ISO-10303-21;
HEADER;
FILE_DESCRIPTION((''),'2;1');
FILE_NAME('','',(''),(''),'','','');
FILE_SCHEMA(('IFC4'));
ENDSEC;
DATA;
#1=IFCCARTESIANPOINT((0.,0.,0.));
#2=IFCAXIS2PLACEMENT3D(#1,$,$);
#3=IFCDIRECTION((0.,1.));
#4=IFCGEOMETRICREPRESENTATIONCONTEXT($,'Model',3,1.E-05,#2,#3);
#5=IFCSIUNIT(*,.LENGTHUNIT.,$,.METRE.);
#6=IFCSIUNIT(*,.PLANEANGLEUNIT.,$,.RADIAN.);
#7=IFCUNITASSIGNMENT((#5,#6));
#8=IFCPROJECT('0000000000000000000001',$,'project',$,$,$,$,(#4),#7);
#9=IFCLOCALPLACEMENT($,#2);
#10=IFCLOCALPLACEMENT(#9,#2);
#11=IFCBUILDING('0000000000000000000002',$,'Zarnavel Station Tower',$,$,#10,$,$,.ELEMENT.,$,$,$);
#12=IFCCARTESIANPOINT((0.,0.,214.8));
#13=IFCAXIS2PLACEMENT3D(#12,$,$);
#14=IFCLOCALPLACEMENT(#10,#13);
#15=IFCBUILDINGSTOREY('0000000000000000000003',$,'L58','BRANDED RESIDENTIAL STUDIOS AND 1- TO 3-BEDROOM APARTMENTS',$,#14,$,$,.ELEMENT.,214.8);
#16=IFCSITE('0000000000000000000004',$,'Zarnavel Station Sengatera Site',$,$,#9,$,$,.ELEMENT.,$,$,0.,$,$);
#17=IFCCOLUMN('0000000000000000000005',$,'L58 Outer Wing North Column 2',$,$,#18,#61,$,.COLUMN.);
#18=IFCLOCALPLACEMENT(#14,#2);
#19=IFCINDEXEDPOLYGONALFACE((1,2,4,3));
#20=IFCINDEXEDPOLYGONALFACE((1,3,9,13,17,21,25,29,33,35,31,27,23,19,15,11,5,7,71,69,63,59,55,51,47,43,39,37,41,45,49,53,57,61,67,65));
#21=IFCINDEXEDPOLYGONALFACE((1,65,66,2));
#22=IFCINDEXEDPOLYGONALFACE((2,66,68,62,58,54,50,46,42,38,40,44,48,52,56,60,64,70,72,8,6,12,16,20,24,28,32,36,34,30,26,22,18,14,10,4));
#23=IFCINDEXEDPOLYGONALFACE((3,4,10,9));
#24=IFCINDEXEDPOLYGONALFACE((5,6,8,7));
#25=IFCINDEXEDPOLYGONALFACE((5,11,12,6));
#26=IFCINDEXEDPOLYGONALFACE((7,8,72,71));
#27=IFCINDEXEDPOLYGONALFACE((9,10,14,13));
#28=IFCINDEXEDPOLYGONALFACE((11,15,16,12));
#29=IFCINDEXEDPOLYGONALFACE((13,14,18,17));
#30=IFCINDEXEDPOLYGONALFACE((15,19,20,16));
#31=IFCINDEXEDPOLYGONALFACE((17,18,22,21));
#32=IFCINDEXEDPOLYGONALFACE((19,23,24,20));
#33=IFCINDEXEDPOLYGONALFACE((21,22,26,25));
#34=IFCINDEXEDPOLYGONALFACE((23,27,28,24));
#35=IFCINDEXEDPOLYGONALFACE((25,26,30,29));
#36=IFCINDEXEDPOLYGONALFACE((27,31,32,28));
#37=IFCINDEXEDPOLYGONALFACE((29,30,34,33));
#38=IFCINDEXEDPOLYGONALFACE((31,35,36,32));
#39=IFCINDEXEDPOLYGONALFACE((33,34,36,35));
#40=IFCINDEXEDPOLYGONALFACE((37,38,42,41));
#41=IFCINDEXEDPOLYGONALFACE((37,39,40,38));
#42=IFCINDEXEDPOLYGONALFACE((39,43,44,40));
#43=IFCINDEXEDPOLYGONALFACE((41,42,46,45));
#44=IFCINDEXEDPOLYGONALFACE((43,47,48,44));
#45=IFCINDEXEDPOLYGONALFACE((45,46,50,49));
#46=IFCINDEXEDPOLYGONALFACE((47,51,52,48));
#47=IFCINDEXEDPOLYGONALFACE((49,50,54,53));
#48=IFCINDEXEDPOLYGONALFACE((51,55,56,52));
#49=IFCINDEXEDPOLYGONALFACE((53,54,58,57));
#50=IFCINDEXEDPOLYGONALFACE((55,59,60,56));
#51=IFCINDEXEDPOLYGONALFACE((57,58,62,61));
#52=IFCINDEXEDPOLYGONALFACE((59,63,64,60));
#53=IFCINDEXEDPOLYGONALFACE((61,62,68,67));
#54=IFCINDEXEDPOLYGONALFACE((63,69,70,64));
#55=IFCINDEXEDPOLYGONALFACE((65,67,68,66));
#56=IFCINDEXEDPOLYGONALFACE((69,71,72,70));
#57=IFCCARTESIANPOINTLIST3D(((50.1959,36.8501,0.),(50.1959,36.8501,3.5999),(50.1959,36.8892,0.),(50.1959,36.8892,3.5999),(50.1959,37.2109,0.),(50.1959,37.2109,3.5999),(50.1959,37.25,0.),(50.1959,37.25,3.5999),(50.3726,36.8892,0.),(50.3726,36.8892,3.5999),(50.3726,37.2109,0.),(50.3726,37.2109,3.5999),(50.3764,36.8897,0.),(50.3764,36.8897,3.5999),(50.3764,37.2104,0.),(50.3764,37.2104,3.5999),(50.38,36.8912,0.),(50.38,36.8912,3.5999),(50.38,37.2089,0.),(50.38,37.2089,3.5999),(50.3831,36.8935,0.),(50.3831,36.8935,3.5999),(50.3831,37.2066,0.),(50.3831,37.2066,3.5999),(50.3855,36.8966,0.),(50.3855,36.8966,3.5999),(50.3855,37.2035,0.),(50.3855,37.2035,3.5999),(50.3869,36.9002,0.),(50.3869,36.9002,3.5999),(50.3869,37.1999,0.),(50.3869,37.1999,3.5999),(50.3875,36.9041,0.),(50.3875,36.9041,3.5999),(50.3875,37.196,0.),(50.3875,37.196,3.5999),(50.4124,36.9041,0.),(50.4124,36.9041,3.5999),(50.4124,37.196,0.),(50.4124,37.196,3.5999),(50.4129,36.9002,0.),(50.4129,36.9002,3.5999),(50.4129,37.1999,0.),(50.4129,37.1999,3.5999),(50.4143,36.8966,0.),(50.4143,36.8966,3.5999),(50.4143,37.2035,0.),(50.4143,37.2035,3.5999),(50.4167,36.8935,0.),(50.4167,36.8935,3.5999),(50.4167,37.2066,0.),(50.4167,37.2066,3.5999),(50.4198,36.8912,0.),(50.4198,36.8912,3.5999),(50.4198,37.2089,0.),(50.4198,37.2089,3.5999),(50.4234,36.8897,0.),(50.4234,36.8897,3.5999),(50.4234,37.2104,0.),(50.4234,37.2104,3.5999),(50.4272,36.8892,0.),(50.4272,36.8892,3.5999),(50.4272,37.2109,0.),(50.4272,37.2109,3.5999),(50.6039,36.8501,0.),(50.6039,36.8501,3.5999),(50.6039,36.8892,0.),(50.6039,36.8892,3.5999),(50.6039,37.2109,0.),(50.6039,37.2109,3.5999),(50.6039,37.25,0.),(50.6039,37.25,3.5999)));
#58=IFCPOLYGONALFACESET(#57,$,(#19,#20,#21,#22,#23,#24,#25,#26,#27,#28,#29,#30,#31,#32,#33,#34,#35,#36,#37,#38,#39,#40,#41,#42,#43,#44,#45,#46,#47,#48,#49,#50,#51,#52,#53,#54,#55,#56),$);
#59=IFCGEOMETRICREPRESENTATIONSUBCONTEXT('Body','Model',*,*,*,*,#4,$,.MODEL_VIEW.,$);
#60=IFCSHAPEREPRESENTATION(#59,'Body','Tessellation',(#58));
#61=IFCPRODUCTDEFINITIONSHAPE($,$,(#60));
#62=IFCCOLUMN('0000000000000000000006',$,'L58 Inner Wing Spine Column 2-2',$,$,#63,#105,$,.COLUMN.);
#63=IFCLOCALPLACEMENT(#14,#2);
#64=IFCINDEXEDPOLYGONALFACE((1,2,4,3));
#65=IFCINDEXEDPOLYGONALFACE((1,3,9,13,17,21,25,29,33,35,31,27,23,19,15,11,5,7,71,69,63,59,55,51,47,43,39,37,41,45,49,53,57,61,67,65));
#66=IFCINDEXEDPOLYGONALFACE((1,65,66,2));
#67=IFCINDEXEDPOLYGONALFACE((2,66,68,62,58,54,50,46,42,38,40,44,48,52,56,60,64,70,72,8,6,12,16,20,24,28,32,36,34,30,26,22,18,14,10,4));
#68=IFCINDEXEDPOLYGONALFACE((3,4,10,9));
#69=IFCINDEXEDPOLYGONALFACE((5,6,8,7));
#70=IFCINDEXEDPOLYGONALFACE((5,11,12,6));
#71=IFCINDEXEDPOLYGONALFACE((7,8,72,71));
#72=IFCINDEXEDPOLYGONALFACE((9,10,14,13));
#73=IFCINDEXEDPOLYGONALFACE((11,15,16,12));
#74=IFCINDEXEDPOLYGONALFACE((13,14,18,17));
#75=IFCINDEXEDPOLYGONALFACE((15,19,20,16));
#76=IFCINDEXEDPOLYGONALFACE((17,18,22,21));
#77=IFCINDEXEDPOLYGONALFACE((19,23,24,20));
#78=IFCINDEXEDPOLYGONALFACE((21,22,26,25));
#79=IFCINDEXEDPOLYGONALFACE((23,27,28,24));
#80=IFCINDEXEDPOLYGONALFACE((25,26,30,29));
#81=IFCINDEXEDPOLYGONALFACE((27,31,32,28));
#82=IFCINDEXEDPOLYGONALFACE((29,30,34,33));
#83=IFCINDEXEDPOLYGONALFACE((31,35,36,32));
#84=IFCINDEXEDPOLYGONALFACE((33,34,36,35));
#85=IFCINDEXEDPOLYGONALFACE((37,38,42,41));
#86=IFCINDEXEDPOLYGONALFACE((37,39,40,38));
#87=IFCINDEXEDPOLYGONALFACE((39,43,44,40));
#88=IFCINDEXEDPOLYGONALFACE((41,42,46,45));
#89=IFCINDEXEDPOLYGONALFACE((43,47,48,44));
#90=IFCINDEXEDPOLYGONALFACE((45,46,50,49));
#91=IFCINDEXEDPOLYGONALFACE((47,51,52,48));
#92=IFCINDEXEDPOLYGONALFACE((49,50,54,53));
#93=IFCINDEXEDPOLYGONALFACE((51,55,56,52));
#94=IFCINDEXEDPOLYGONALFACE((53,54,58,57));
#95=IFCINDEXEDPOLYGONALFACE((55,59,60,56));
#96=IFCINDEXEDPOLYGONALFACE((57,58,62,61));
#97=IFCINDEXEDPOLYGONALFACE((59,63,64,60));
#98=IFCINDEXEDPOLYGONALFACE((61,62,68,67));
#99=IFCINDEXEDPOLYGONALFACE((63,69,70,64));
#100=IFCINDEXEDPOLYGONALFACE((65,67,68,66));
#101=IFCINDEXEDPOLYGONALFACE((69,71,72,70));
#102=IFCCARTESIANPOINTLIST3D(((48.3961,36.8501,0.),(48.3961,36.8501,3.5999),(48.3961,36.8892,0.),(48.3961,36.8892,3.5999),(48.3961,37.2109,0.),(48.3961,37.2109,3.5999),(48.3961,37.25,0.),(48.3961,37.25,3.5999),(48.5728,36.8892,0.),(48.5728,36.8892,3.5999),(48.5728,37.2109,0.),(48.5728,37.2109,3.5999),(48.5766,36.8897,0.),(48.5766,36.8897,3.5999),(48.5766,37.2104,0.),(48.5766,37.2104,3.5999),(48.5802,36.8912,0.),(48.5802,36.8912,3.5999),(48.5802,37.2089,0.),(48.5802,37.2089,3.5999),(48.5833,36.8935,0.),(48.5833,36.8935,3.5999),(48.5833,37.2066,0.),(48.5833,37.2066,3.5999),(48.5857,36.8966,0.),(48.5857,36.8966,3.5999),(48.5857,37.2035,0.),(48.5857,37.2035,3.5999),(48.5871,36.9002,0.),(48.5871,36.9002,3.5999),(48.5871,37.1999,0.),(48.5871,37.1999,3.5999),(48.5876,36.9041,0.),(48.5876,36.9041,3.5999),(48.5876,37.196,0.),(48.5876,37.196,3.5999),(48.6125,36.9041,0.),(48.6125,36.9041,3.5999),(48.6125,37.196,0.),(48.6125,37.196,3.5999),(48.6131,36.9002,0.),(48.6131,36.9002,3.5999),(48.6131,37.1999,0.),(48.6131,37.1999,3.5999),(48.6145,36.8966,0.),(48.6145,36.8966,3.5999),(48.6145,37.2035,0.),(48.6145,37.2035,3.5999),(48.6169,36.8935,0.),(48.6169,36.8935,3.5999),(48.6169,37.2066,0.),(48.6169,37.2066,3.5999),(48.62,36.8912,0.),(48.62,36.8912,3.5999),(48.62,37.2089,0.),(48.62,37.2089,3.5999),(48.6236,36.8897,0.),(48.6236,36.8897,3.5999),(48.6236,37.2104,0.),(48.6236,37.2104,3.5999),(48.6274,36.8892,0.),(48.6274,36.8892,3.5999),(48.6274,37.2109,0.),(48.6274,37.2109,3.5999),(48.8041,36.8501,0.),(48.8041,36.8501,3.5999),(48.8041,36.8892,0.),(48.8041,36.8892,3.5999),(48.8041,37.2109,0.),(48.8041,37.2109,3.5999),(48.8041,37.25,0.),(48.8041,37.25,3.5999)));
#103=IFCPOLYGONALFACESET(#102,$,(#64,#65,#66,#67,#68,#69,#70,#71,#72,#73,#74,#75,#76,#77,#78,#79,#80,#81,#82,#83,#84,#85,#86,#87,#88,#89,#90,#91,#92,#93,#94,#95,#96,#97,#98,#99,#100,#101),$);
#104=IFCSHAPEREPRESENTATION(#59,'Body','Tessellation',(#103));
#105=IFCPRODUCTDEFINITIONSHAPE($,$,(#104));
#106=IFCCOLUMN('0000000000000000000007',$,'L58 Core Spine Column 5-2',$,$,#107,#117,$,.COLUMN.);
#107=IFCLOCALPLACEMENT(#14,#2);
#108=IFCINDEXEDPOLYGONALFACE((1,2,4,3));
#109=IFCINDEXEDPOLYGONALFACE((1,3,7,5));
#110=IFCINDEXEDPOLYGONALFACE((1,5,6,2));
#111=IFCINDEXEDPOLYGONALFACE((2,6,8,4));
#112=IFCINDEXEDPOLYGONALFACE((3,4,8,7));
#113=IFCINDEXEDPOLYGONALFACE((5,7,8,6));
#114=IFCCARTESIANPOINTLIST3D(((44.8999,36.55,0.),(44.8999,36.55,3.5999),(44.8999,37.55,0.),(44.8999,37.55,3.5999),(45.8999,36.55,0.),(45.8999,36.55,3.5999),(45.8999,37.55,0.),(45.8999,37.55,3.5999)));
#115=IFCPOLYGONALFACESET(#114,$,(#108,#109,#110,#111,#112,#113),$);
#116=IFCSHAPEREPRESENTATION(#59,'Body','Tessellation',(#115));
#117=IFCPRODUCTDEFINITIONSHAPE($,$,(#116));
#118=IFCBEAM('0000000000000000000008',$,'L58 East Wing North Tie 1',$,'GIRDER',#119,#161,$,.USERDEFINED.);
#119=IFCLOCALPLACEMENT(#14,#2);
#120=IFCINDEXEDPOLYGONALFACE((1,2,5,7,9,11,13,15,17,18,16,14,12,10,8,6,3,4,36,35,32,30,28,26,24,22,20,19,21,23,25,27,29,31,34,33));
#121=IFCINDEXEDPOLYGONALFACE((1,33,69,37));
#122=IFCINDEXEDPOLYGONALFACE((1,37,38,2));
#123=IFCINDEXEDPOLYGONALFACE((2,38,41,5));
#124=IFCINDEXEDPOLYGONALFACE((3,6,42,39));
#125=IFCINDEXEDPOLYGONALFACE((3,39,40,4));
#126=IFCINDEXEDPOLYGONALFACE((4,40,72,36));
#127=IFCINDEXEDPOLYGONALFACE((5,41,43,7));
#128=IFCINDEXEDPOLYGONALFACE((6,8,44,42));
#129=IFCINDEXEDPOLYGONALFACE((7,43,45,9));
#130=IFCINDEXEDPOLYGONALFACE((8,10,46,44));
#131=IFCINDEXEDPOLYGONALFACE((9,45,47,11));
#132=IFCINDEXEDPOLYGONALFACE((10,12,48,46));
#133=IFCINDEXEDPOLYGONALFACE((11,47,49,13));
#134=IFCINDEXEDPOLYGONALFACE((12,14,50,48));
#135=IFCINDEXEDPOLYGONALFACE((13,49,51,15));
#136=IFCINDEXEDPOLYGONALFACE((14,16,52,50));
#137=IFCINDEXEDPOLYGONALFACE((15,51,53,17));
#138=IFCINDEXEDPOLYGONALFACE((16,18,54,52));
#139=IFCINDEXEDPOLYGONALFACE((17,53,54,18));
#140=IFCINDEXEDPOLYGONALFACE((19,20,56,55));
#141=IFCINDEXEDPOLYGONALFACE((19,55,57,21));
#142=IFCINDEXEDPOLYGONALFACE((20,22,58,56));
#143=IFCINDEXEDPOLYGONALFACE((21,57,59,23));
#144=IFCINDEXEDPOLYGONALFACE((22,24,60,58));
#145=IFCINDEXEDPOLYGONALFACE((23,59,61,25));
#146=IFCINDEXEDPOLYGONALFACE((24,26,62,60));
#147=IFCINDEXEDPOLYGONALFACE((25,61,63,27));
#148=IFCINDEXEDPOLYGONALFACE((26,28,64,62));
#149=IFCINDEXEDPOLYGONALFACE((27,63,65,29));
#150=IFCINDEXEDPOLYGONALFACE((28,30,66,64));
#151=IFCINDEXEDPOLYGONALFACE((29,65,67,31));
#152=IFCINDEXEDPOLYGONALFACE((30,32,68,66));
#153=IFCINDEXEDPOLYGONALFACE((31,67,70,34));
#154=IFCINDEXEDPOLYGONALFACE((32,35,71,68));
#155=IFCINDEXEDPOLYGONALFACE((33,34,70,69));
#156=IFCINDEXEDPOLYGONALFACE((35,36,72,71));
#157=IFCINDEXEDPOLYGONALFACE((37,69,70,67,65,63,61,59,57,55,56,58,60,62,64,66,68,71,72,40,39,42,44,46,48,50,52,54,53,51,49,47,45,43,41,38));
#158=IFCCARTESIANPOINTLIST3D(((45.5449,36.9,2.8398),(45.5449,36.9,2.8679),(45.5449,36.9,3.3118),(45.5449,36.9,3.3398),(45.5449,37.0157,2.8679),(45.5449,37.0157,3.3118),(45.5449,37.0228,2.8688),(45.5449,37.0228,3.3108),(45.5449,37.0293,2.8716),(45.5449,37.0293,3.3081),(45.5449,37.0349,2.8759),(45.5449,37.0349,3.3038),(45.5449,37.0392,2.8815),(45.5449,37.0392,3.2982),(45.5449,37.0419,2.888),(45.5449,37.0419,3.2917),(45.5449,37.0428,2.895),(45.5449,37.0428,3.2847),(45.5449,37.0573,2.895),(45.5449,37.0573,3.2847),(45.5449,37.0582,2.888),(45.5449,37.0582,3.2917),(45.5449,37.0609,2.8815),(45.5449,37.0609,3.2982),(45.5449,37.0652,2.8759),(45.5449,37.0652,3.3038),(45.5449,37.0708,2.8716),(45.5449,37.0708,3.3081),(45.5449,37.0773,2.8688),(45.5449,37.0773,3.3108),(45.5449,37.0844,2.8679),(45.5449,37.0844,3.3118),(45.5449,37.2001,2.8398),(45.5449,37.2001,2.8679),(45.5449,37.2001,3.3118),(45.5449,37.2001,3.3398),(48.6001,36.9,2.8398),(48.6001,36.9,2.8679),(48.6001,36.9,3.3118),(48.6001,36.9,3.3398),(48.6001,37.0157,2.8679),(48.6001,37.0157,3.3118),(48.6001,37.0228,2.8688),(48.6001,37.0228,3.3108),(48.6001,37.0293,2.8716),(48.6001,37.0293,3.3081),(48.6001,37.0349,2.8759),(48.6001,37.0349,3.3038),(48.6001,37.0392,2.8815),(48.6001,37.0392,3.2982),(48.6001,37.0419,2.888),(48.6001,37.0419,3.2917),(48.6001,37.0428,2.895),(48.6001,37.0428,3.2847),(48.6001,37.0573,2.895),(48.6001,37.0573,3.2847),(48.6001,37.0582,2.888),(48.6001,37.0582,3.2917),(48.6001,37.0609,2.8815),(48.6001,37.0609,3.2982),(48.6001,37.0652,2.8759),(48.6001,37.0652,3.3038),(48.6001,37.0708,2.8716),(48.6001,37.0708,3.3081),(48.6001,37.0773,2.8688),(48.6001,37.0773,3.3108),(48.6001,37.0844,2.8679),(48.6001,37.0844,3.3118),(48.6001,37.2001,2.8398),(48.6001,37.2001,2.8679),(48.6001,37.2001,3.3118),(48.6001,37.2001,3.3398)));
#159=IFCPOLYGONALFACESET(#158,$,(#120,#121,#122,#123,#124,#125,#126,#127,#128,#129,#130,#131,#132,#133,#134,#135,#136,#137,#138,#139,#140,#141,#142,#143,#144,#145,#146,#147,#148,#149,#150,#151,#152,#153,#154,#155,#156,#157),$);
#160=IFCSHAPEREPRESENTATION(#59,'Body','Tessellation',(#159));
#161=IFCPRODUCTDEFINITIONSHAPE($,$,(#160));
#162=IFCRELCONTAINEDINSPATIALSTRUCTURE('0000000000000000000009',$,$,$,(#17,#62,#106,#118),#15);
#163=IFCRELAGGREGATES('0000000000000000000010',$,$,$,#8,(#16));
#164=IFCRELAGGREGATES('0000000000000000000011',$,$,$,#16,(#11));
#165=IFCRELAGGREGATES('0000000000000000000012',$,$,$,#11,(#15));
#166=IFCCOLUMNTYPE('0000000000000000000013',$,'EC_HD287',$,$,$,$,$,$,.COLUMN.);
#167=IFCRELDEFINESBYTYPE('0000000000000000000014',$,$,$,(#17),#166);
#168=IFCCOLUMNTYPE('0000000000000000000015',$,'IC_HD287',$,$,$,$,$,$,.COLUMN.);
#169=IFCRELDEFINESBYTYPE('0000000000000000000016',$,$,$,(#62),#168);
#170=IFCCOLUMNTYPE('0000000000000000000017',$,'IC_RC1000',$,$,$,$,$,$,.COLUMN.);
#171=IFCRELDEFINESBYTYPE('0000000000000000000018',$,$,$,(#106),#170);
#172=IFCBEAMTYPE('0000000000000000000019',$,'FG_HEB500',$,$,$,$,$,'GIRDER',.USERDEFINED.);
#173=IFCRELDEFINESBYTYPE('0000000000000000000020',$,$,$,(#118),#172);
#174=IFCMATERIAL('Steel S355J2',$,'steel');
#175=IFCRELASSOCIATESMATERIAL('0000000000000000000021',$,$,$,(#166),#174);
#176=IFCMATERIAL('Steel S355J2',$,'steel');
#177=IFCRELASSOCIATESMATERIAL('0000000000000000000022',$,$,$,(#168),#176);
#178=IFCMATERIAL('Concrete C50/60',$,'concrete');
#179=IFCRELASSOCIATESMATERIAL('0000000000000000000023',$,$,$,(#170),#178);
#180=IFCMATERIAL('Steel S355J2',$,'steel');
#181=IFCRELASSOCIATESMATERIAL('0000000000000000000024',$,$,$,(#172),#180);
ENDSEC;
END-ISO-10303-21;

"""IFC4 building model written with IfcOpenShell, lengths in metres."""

from ifc_helpers import new_model, si_unit, direction, frame, origin, origin_2d, place, context, subcontext, project, spatial, rectangle, i_section, extrude, material, material_profile, profile_set, type_object, element, save


model = new_model("IFC4")

# Units and contexts
model_context = context("Model", 3, precision=1e-05, world=origin(), true_north=direction((0.0, 1.0)))
body_context = subcontext(model_context, "Body", "Model", "MODEL_VIEW")
ifc_project = project(units=[si_unit("LENGTHUNIT", "METRE"), si_unit("PLANEANGLEUNIT", "RADIAN")], contexts=[model_context])

# Site, building, storey
site_placement = place(None, origin())
site = spatial("IfcSite", under=ifc_project, at=site_placement, Name="Zarnavel Station Sengatera Site", CompositionType="ELEMENT", RefElevation=0.0)
building_placement = place(site_placement, origin())
building = spatial("IfcBuilding", under=site, at=building_placement, Name="Zarnavel Station Tower", CompositionType="ELEMENT")
storey_placement = place(building_placement, frame((0.0, 0.0, 214.8)))
storey = spatial("IfcBuildingStorey", under=building, at=storey_placement, Name="L58", Description="BRANDED RESIDENTIAL STUDIOS AND 1- TO 3-BEDROOM APARTMENTS", CompositionType="ELEMENT", Elevation=214.8)

# Columns
ifc_material_1 = material(Name="Steel S355J2", Category="steel")
ifc_material_profile_1 = material_profile(ifc_material_1, i_section(OverallWidth=0.408, OverallDepth=0.3999, WebThickness=0.0249, FlangeThickness=0.0391, FilletRadius=0.0149, at=origin_2d()), Name="HD400x287")
ifc_profile_set_1 = profile_set([ifc_material_profile_1], Name="Steel S355J2")
column_type_1 = type_object("IfcColumnType", Name="EC_HD287", PredefinedType="COLUMN", material=ifc_profile_set_1)
column_1_placement = place(storey_placement, frame((50.3999, 37.05, 0.0), z_axis=(0.0, 0.0, 1.0), x_axis=(1.0, 0.0, 0.0)))
element("IfcColumn", 1, at=column_1_placement, inside=storey, type_object=column_type_1, Name="L58 Outer Wing North Column 2", PredefinedType="COLUMN", context=body_context, shape_type="SweptSolid", body=[
    extrude(i_section(OverallWidth=0.408, OverallDepth=0.3999, WebThickness=0.0249, FlangeThickness=0.0391, FilletRadius=0.0149, at=origin_2d()), origin(), (0.0, 0.0, 1.0), 3.5999),
])
ifc_material_2 = material(Name="Steel S355J2", Category="steel")
ifc_material_profile_2 = material_profile(ifc_material_2, i_section(OverallWidth=0.408, OverallDepth=0.3999, WebThickness=0.0249, FlangeThickness=0.0391, FilletRadius=0.0149, at=origin_2d()), Name="HD400x287")
ifc_profile_set_2 = profile_set([ifc_material_profile_2], Name="Steel S355J2")
column_type_2 = type_object("IfcColumnType", Name="IC_HD287", PredefinedType="COLUMN", material=ifc_profile_set_2)
column_2_placement = place(storey_placement, frame((48.6001, 37.05, 0.0), z_axis=(0.0, 0.0, 1.0), x_axis=(1.0, 0.0, 0.0)))
element("IfcColumn", 2, at=column_2_placement, inside=storey, type_object=column_type_2, Name="L58 Inner Wing Spine Column 2-2", PredefinedType="COLUMN", context=body_context, shape_type="SweptSolid", body=[
    extrude(i_section(OverallWidth=0.408, OverallDepth=0.3999, WebThickness=0.0249, FlangeThickness=0.0391, FilletRadius=0.0149, at=origin_2d()), origin(), (0.0, 0.0, 1.0), 3.5999),
])
ifc_material_3 = material(Name="Concrete C50/60", Category="concrete")
ifc_material_profile_3 = material_profile(ifc_material_3, rectangle(XDim=1.0, YDim=1.0, at=origin_2d()), Name="RC1000x1000")
ifc_profile_set_3 = profile_set([ifc_material_profile_3], Name="Concrete C50/60")
column_type_3 = type_object("IfcColumnType", Name="IC_RC1000", PredefinedType="COLUMN", material=ifc_profile_set_3)
column_3_placement = place(storey_placement, frame((45.3999, 37.05, 0.0), z_axis=(0.0, 0.0, 1.0), x_axis=(1.0, 0.0, 0.0)))
element("IfcColumn", 3, at=column_3_placement, inside=storey, type_object=column_type_3, Name="L58 Core Spine Column 5-2", PredefinedType="COLUMN", context=body_context, shape_type="SweptSolid", body=[
    extrude(rectangle(XDim=1.0, YDim=1.0, at=origin_2d()), origin(), (0.0, 0.0, 1.0), 3.5999),
])

# Beam
ifc_material_4 = material(Name="Steel S355J2", Category="steel")
ifc_material_profile_4 = material_profile(ifc_material_4, i_section(OverallWidth=0.3, OverallDepth=0.5, WebThickness=0.0144, FlangeThickness=0.0281, FilletRadius=0.0271, at=origin_2d()), Name="HEB500")
ifc_profile_set_4 = profile_set([ifc_material_profile_4], Name="Steel S355J2")
beam_type = type_object("IfcBeamType", Name="FG_HEB500", ElementType="GIRDER", PredefinedType="USERDEFINED", material=ifc_profile_set_4)
beam_1_placement = place(storey_placement, frame((45.5449, 37.05, 3.0898), z_axis=(1.0, 0.0, 0.0), x_axis=(0.0, 1.0, 0.0)))
element("IfcBeam", 4, at=beam_1_placement, inside=storey, type_object=beam_type, Name="L58 East Wing North Tie 1", ObjectType="GIRDER", PredefinedType="USERDEFINED", context=body_context, shape_type="SweptSolid", body=[
    extrude(i_section(OverallWidth=0.3, OverallDepth=0.5, WebThickness=0.0144, FlangeThickness=0.0281, FilletRadius=0.0271, at=origin_2d()), origin(), (0.0, 0.0, 1.0), 3.0552),
])

save(model, "model.ifc")
